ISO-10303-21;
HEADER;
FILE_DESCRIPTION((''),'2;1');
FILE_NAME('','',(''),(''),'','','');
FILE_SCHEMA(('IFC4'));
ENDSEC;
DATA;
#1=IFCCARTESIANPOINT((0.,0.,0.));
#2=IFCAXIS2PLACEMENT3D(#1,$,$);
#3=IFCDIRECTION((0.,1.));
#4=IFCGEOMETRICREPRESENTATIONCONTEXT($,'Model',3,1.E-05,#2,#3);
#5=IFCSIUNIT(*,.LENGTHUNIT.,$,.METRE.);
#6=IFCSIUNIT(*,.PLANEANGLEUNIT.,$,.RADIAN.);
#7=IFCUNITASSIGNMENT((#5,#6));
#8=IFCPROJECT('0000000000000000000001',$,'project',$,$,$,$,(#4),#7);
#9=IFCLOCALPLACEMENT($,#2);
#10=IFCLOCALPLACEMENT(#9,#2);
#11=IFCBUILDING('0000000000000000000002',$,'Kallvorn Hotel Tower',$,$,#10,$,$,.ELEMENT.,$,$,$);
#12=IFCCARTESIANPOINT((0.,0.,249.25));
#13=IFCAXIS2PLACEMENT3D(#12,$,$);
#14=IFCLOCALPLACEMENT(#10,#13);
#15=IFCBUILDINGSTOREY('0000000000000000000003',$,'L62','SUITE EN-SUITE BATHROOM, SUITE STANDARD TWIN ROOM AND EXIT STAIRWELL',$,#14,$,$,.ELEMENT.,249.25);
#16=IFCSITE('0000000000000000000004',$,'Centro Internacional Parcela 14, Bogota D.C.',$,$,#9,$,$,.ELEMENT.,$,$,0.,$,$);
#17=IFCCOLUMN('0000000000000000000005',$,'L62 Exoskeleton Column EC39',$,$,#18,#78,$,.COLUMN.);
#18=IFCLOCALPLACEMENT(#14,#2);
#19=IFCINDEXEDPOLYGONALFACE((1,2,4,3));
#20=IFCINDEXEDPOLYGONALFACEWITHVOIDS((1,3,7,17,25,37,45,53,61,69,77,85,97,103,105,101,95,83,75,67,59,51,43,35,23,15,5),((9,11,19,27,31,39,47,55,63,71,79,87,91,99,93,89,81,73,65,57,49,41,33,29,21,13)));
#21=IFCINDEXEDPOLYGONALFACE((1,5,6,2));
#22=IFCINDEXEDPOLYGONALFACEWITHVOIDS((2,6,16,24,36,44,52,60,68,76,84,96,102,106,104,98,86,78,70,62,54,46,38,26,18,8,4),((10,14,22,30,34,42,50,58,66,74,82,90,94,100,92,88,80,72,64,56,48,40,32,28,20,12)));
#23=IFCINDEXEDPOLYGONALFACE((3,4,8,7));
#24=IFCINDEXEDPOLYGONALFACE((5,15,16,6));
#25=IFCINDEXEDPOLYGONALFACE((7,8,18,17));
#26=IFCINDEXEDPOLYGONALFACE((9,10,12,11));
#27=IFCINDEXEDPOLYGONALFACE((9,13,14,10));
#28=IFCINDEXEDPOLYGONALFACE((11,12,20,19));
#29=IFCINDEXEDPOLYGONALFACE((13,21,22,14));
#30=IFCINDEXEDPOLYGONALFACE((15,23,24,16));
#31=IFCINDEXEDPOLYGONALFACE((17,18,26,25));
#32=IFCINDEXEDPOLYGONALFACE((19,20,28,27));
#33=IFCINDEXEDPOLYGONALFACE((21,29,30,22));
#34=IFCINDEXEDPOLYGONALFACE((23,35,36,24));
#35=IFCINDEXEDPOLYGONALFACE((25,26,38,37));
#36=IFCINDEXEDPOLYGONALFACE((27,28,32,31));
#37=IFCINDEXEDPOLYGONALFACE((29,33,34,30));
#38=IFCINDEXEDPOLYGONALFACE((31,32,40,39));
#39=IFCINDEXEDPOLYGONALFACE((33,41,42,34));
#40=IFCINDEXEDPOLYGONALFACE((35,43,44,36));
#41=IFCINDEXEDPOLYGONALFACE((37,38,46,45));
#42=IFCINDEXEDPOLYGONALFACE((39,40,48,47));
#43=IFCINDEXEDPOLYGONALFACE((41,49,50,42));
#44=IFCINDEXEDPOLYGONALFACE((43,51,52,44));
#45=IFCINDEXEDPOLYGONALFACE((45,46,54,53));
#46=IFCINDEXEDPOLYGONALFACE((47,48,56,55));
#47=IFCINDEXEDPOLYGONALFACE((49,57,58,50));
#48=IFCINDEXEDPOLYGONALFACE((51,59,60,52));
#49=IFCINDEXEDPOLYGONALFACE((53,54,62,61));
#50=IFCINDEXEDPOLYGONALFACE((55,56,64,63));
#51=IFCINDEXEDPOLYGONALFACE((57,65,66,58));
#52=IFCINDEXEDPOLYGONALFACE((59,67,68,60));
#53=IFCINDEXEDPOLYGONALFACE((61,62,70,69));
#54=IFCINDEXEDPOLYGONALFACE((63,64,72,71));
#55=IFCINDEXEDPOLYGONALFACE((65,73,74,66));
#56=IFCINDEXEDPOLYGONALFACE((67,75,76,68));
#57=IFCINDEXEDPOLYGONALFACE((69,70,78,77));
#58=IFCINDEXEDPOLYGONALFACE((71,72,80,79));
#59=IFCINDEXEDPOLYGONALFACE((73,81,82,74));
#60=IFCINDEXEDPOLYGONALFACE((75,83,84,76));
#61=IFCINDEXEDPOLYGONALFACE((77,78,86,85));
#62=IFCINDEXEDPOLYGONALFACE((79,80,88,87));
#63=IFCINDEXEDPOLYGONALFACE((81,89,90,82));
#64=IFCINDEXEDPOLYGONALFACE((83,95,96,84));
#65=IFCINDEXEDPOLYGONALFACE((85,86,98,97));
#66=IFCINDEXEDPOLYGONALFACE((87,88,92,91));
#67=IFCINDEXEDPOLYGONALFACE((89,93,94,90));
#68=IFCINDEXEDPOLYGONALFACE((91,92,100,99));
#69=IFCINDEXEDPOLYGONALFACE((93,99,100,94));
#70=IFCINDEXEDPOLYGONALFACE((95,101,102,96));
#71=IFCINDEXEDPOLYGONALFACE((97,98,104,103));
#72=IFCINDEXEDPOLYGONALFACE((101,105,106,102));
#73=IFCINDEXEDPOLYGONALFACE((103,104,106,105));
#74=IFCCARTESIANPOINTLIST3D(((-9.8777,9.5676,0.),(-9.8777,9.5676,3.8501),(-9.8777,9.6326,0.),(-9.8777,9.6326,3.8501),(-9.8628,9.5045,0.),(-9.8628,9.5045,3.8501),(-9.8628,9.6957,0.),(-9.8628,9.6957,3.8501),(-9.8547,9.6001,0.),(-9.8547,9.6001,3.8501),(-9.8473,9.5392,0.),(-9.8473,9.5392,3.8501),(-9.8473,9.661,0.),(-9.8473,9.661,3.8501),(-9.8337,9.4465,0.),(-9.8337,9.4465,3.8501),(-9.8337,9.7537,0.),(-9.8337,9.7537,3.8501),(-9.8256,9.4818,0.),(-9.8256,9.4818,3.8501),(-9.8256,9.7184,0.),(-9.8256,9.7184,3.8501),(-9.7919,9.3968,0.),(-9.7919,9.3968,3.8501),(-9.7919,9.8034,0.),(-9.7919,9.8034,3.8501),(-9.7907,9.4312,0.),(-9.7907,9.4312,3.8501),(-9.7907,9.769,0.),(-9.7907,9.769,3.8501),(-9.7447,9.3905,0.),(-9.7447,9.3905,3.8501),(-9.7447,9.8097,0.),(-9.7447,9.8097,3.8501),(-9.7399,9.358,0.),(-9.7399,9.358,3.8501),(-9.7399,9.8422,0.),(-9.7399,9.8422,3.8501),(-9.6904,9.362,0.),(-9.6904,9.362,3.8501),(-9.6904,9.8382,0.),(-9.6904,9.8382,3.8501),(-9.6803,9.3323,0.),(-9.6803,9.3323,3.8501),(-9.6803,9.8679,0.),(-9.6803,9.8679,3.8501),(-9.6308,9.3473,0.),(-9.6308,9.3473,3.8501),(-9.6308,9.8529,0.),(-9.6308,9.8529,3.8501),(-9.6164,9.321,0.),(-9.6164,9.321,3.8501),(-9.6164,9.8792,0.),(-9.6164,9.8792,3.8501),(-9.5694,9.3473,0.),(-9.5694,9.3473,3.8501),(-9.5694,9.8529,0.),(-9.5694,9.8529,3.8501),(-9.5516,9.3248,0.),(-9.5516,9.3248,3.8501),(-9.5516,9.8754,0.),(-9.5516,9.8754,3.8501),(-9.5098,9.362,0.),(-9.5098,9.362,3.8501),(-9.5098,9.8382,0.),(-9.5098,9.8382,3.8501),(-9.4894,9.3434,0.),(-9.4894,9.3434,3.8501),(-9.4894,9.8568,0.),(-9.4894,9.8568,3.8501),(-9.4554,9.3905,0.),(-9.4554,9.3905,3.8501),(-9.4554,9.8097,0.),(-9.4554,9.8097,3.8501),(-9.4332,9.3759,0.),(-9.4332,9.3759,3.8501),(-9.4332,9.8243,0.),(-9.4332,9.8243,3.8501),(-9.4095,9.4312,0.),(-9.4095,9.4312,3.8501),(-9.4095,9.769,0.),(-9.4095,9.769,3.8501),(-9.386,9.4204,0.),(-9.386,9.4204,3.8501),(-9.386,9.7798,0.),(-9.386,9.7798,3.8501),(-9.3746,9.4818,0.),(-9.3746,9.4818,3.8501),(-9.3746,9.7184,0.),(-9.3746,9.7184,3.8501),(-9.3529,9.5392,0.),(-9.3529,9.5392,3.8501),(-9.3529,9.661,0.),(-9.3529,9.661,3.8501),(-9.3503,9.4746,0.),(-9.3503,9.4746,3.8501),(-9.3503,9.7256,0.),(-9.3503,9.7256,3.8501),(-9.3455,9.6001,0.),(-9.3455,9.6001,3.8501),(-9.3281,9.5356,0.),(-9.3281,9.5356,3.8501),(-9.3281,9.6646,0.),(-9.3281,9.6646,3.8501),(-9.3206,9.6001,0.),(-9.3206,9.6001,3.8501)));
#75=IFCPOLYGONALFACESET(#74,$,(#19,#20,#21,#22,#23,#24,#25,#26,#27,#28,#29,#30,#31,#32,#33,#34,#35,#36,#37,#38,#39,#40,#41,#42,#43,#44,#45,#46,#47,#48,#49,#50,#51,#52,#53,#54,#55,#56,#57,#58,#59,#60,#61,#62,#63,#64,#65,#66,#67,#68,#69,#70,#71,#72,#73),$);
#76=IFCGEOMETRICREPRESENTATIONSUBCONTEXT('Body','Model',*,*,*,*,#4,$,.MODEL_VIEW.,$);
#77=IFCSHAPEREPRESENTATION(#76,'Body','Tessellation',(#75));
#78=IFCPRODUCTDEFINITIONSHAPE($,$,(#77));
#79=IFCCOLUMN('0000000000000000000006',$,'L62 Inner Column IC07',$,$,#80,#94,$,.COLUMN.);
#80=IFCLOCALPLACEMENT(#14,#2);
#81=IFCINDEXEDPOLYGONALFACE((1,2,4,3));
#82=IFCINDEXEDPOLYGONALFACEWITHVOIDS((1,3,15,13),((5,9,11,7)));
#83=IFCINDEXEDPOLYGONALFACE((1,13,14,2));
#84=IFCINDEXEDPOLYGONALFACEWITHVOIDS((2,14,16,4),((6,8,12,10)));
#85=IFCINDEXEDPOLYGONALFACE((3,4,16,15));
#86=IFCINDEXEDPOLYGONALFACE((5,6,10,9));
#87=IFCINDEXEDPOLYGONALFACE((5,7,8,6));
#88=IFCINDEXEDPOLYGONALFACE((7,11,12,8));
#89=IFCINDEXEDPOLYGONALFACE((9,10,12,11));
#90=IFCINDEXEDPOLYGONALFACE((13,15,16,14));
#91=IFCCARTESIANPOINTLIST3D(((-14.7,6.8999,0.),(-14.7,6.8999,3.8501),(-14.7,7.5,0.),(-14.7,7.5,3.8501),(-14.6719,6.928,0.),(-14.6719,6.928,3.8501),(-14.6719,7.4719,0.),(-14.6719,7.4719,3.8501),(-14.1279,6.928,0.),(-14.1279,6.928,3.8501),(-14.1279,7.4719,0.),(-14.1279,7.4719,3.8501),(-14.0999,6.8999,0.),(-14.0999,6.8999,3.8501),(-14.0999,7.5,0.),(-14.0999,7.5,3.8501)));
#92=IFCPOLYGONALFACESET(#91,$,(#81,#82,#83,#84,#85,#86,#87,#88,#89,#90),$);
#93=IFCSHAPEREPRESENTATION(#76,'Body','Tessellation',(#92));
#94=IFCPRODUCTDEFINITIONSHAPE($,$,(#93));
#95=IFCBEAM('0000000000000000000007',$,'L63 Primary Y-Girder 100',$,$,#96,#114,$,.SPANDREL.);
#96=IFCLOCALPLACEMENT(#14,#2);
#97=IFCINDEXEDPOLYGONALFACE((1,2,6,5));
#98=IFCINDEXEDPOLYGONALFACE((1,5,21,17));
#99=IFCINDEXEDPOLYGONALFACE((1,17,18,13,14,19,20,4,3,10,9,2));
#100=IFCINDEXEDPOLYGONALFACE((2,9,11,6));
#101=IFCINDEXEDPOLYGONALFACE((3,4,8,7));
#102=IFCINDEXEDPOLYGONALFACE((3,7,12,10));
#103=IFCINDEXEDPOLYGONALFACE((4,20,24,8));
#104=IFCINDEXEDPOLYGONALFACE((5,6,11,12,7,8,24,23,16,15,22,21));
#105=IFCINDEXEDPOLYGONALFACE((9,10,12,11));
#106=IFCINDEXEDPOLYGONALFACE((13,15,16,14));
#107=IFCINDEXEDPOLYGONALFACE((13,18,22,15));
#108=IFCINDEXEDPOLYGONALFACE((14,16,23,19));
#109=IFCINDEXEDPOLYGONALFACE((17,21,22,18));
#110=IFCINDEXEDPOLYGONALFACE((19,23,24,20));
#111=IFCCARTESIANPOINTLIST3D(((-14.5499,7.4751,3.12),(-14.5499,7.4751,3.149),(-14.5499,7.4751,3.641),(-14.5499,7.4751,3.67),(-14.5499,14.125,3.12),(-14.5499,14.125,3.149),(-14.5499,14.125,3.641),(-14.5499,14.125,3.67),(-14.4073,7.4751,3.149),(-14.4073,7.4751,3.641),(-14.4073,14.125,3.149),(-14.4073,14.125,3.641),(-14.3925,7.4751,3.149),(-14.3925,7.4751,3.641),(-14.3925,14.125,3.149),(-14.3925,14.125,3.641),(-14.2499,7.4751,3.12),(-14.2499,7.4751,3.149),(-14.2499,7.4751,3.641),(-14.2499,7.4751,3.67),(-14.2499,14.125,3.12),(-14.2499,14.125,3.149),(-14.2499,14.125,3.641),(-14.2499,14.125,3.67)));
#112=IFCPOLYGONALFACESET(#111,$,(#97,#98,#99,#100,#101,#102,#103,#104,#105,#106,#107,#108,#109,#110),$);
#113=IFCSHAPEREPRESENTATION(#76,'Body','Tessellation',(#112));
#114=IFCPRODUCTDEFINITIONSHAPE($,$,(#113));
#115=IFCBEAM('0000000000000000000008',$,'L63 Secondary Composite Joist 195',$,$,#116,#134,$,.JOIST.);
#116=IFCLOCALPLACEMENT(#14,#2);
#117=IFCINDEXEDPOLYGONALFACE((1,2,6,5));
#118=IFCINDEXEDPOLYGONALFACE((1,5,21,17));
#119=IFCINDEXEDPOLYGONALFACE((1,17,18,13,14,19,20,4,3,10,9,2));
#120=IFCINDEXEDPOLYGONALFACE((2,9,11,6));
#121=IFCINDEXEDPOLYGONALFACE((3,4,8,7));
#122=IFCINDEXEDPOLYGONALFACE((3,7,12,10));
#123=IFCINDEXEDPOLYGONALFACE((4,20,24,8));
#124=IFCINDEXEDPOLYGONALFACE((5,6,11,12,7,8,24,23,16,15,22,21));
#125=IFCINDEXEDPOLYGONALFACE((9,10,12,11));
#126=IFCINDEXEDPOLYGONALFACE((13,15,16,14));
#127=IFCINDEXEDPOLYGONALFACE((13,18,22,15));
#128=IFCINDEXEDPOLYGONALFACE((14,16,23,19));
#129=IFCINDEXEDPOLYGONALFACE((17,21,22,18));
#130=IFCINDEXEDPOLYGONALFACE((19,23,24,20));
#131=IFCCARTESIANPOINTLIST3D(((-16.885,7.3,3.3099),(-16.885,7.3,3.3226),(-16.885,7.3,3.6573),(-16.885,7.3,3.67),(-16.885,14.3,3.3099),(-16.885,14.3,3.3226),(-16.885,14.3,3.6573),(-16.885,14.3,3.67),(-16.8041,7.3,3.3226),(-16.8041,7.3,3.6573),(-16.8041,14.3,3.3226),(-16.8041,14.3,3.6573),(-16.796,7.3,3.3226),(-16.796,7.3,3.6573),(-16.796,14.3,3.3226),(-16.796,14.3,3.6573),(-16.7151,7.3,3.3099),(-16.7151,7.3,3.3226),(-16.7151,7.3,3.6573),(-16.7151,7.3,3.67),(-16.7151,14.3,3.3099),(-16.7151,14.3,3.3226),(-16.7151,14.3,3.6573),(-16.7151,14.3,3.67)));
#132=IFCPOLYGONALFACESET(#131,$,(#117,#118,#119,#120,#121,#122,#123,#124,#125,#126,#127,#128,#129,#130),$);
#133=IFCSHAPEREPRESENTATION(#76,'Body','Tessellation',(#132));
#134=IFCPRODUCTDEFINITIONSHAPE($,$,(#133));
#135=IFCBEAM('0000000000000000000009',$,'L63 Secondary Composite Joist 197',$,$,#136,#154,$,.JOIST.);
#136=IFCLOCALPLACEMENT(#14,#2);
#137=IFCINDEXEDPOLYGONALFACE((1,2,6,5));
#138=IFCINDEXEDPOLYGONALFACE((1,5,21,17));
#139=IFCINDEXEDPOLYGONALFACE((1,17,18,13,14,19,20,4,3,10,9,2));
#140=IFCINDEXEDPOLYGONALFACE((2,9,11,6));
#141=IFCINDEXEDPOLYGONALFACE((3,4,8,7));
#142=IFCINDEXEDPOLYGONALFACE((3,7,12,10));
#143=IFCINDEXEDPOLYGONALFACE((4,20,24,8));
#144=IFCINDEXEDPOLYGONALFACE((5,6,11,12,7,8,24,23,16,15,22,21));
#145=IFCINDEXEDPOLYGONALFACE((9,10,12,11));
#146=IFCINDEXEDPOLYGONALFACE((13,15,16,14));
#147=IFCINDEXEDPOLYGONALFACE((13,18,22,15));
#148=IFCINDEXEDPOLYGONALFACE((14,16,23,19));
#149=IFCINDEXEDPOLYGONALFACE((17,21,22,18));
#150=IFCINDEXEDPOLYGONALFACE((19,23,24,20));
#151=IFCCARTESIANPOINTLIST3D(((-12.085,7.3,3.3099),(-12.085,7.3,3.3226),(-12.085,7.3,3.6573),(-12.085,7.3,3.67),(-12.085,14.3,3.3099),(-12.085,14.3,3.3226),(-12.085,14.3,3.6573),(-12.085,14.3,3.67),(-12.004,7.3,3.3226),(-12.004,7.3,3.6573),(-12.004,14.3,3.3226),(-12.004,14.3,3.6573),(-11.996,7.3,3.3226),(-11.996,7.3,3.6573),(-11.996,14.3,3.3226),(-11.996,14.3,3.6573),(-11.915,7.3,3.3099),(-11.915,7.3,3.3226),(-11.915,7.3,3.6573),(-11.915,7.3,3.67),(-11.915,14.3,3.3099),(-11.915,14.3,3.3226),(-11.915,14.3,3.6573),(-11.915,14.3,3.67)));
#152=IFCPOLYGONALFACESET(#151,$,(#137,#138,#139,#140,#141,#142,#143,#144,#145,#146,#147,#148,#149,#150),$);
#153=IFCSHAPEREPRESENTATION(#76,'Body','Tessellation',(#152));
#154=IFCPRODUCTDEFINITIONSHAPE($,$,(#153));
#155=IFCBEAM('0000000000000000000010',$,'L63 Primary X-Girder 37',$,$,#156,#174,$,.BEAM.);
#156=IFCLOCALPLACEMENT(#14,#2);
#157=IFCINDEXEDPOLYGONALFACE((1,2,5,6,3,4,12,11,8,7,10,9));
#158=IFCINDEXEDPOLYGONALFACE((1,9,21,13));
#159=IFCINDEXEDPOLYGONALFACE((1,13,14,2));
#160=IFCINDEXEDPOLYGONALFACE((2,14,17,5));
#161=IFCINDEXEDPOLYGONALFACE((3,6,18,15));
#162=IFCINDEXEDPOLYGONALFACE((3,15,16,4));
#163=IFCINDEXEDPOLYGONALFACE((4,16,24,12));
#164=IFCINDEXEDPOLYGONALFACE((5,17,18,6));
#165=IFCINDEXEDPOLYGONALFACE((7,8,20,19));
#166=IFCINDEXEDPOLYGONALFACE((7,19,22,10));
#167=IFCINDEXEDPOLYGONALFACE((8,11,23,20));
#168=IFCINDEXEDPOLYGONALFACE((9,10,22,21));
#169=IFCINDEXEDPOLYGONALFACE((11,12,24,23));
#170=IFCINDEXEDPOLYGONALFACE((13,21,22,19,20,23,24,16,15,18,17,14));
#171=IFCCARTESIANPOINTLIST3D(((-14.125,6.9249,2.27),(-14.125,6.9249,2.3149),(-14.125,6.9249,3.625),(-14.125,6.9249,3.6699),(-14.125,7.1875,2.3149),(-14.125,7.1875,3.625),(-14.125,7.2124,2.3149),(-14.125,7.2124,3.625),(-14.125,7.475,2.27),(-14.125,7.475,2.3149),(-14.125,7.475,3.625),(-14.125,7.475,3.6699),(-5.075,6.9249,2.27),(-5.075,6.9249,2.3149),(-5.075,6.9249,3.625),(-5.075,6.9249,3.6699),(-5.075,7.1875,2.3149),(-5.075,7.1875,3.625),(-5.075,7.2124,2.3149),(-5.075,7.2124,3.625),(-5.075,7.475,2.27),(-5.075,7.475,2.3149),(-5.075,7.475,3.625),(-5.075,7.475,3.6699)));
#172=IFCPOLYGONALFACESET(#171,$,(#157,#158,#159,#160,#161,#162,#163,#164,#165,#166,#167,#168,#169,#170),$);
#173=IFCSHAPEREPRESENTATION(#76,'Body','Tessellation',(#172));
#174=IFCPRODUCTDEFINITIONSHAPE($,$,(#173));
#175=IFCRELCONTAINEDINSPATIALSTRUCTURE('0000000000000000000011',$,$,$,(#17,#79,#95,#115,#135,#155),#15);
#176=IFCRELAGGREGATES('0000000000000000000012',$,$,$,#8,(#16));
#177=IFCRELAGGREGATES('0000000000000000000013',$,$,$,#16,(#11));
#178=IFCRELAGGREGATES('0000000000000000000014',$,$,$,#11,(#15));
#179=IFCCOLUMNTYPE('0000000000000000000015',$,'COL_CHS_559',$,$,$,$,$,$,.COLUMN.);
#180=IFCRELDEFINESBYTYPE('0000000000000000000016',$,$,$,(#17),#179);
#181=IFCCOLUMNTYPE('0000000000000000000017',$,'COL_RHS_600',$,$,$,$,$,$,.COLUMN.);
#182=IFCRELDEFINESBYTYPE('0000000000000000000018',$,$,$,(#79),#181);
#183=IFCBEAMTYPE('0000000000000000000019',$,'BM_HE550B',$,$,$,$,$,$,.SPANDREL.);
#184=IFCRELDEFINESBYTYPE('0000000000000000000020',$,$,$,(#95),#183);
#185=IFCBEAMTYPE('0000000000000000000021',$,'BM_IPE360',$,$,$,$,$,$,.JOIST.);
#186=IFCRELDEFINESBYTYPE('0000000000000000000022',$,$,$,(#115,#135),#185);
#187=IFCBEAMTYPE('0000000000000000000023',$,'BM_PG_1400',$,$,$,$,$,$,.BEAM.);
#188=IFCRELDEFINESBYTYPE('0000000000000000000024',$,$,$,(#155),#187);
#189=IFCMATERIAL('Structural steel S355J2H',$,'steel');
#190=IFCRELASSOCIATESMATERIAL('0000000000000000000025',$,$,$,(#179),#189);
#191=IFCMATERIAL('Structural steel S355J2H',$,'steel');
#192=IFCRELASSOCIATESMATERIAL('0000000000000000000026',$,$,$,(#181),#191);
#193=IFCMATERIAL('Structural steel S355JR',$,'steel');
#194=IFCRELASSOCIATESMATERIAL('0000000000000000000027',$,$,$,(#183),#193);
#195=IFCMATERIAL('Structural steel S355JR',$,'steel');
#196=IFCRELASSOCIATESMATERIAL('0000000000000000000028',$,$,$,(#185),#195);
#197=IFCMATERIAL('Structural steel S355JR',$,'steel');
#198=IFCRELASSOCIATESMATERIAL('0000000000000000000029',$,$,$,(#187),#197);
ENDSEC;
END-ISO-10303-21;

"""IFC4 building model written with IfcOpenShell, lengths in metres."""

from ifc_helpers import new_model, si_unit, direction, frame, origin, origin_2d, place, context, subcontext, project, spatial, hollow_rectangle, hollow_circle, i_section, extrude, material, material_profile, profile_set, type_object, element, save


model = new_model("IFC4")

# Units and contexts
model_context = context("Model", 3, precision=1e-05, world=origin(), true_north=direction((0.0, 1.0)))
body_context = subcontext(model_context, "Body", "Model", "MODEL_VIEW")
ifc_project = project(units=[si_unit("LENGTHUNIT", "METRE"), si_unit("PLANEANGLEUNIT", "RADIAN")], contexts=[model_context])

# Site, building, storey
site_placement = place(None, origin())
site = spatial("IfcSite", under=ifc_project, at=site_placement, Name="Centro Internacional Parcela 14, Bogota D.C.", CompositionType="ELEMENT", RefElevation=0.0)
building_placement = place(site_placement, origin())
building = spatial("IfcBuilding", under=site, at=building_placement, Name="Kallvorn Hotel Tower", CompositionType="ELEMENT")
storey_placement = place(building_placement, frame((0.0, 0.0, 249.25)))
storey = spatial("IfcBuildingStorey", under=building, at=storey_placement, Name="L62", Description="SUITE EN-SUITE BATHROOM, SUITE STANDARD TWIN ROOM AND EXIT STAIRWELL", CompositionType="ELEMENT", Elevation=249.25)

# Columns
ifc_material_1 = material(Name="Structural steel S355J2H", Category="steel")
ifc_material_profile_1 = material_profile(ifc_material_1, hollow_circle(Radius=0.2795, WallThickness=0.0249, at=origin_2d()), Name="CHS 559x25")
ifc_profile_set_1 = profile_set([ifc_material_profile_1], Name="Structural steel S355J2H")
column_type_1 = type_object("IfcColumnType", Name="COL_CHS_559", PredefinedType="COLUMN", material=ifc_profile_set_1)
column_1_placement = place(storey_placement, frame((-9.6001, 9.6001, 0.0), z_axis=(0.0, 0.0, 1.0), x_axis=(1.0, 0.0, 0.0)))
element("IfcColumn", 1, at=column_1_placement, inside=storey, type_object=column_type_1, Name="L62 Exoskeleton Column EC39", PredefinedType="COLUMN", context=body_context, shape_type="SweptSolid", body=[
    extrude(hollow_circle(Radius=0.2795, WallThickness=0.0249, at=origin_2d()), origin(), (0.0, 0.0, 1.0), 3.8501),
])
ifc_material_2 = material(Name="Structural steel S355J2H", Category="steel")
ifc_material_profile_2 = material_profile(ifc_material_2, hollow_rectangle(XDim=0.6001, YDim=0.6001, WallThickness=0.0281, at=origin_2d()), Name="RHS 600x600x28")
ifc_profile_set_2 = profile_set([ifc_material_profile_2], Name="Structural steel S355J2H")
column_type_2 = type_object("IfcColumnType", Name="COL_RHS_600", PredefinedType="COLUMN", material=ifc_profile_set_2)
column_2_placement = place(storey_placement, frame((-14.3999, 7.2, 0.0), z_axis=(0.0, 0.0, 1.0), x_axis=(1.0, 0.0, 0.0)))
element("IfcColumn", 2, at=column_2_placement, inside=storey, type_object=column_type_2, Name="L62 Inner Column IC07", PredefinedType="COLUMN", context=body_context, shape_type="SweptSolid", body=[
    extrude(hollow_rectangle(XDim=0.6001, YDim=0.6001, WallThickness=0.0281, at=origin_2d()), origin(), (0.0, 0.0, 1.0), 3.8501),
])

# Beams
ifc_material_3 = material(Name="Structural steel S355JR", Category="steel")
ifc_material_profile_3 = material_profile(ifc_material_3, i_section(OverallWidth=0.3, OverallDepth=0.55, WebThickness=0.0149, FlangeThickness=0.0291, at=origin_2d()), Name="HE 550 B")
ifc_profile_set_3 = profile_set([ifc_material_profile_3], Name="Structural steel S355JR")
beam_type_1 = type_object("IfcBeamType", Name="BM_HE550B", PredefinedType="SPANDREL", material=ifc_profile_set_3)
beam_1_placement = place(storey_placement, frame((-14.3999, 7.4751, 3.395), z_axis=(0.0, 1.0, 0.0), x_axis=(-1.0, 0.0, 0.0)))
element("IfcBeam", 3, at=beam_1_placement, inside=storey, type_object=beam_type_1, Name="L63 Primary Y-Girder 100", PredefinedType="SPANDREL", context=body_context, shape_type="SweptSolid", body=[
    extrude(i_section(OverallWidth=0.3, OverallDepth=0.55, WebThickness=0.0149, FlangeThickness=0.0291, at=origin_2d()), origin(), (0.0, 0.0, 1.0), 6.6499),
])
ifc_material_4 = material(Name="Structural steel S355JR", Category="steel")
ifc_material_profile_4 = material_profile(ifc_material_4, i_section(OverallWidth=0.1699, OverallDepth=0.3601, WebThickness=0.0081, FlangeThickness=0.0127, at=origin_2d()), Name="IPE 360")
ifc_profile_set_4 = profile_set([ifc_material_profile_4], Name="Structural steel S355JR")
beam_type_2 = type_object("IfcBeamType", Name="BM_IPE360", PredefinedType="JOIST", material=ifc_profile_set_4)
for number, where, z_axis, x_axis, name in (
    (4, (-16.8, 7.3, 3.49), (0.0, 1.0, 0.0), (-1.0, 0.0, 0.0), "L63 Secondary Composite Joist 195"),
    (5, (-12.0, 7.3, 3.49), (0.0, 1.0, 0.0), (-1.0, 0.0, 0.0), "L63 Secondary Composite Joist 197"),
):
    element("IfcBeam", number, at=place(storey_placement, frame(where, z_axis=z_axis, x_axis=x_axis)), inside=storey, type_object=beam_type_2, Name=name, PredefinedType="JOIST", context=body_context, shape_type="SweptSolid", body=[
        extrude(i_section(OverallWidth=0.1699, OverallDepth=0.3601, WebThickness=0.0081, FlangeThickness=0.0127, at=origin_2d()), origin(), (0.0, 0.0, 1.0), 7.0),
    ])
ifc_material_5 = material(Name="Structural steel S355JR", Category="steel")
ifc_material_profile_5 = material_profile(ifc_material_5, i_section(OverallWidth=0.55, OverallDepth=1.3999, WebThickness=0.0249, FlangeThickness=0.0449, at=origin_2d()), Name="PG 1400x550x25x45")
ifc_profile_set_5 = profile_set([ifc_material_profile_5], Name="Structural steel S355JR")
beam_type_3 = type_object("IfcBeamType", Name="BM_PG_1400", PredefinedType="BEAM", material=ifc_profile_set_5)
beam_2_placement = place(storey_placement, frame((-14.125, 7.2, 2.97), z_axis=(1.0, 0.0, 0.0), x_axis=(0.0, 1.0, 0.0)))
element("IfcBeam", 6, at=beam_2_placement, inside=storey, type_object=beam_type_3, Name="L63 Primary X-Girder 37", PredefinedType="BEAM", context=body_context, shape_type="SweptSolid", body=[
    extrude(i_section(OverallWidth=0.55, OverallDepth=1.3999, WebThickness=0.0249, FlangeThickness=0.0449, at=origin_2d()), origin(), (0.0, 0.0, 1.0), 9.05),
])

save(model, "model.ifc")
